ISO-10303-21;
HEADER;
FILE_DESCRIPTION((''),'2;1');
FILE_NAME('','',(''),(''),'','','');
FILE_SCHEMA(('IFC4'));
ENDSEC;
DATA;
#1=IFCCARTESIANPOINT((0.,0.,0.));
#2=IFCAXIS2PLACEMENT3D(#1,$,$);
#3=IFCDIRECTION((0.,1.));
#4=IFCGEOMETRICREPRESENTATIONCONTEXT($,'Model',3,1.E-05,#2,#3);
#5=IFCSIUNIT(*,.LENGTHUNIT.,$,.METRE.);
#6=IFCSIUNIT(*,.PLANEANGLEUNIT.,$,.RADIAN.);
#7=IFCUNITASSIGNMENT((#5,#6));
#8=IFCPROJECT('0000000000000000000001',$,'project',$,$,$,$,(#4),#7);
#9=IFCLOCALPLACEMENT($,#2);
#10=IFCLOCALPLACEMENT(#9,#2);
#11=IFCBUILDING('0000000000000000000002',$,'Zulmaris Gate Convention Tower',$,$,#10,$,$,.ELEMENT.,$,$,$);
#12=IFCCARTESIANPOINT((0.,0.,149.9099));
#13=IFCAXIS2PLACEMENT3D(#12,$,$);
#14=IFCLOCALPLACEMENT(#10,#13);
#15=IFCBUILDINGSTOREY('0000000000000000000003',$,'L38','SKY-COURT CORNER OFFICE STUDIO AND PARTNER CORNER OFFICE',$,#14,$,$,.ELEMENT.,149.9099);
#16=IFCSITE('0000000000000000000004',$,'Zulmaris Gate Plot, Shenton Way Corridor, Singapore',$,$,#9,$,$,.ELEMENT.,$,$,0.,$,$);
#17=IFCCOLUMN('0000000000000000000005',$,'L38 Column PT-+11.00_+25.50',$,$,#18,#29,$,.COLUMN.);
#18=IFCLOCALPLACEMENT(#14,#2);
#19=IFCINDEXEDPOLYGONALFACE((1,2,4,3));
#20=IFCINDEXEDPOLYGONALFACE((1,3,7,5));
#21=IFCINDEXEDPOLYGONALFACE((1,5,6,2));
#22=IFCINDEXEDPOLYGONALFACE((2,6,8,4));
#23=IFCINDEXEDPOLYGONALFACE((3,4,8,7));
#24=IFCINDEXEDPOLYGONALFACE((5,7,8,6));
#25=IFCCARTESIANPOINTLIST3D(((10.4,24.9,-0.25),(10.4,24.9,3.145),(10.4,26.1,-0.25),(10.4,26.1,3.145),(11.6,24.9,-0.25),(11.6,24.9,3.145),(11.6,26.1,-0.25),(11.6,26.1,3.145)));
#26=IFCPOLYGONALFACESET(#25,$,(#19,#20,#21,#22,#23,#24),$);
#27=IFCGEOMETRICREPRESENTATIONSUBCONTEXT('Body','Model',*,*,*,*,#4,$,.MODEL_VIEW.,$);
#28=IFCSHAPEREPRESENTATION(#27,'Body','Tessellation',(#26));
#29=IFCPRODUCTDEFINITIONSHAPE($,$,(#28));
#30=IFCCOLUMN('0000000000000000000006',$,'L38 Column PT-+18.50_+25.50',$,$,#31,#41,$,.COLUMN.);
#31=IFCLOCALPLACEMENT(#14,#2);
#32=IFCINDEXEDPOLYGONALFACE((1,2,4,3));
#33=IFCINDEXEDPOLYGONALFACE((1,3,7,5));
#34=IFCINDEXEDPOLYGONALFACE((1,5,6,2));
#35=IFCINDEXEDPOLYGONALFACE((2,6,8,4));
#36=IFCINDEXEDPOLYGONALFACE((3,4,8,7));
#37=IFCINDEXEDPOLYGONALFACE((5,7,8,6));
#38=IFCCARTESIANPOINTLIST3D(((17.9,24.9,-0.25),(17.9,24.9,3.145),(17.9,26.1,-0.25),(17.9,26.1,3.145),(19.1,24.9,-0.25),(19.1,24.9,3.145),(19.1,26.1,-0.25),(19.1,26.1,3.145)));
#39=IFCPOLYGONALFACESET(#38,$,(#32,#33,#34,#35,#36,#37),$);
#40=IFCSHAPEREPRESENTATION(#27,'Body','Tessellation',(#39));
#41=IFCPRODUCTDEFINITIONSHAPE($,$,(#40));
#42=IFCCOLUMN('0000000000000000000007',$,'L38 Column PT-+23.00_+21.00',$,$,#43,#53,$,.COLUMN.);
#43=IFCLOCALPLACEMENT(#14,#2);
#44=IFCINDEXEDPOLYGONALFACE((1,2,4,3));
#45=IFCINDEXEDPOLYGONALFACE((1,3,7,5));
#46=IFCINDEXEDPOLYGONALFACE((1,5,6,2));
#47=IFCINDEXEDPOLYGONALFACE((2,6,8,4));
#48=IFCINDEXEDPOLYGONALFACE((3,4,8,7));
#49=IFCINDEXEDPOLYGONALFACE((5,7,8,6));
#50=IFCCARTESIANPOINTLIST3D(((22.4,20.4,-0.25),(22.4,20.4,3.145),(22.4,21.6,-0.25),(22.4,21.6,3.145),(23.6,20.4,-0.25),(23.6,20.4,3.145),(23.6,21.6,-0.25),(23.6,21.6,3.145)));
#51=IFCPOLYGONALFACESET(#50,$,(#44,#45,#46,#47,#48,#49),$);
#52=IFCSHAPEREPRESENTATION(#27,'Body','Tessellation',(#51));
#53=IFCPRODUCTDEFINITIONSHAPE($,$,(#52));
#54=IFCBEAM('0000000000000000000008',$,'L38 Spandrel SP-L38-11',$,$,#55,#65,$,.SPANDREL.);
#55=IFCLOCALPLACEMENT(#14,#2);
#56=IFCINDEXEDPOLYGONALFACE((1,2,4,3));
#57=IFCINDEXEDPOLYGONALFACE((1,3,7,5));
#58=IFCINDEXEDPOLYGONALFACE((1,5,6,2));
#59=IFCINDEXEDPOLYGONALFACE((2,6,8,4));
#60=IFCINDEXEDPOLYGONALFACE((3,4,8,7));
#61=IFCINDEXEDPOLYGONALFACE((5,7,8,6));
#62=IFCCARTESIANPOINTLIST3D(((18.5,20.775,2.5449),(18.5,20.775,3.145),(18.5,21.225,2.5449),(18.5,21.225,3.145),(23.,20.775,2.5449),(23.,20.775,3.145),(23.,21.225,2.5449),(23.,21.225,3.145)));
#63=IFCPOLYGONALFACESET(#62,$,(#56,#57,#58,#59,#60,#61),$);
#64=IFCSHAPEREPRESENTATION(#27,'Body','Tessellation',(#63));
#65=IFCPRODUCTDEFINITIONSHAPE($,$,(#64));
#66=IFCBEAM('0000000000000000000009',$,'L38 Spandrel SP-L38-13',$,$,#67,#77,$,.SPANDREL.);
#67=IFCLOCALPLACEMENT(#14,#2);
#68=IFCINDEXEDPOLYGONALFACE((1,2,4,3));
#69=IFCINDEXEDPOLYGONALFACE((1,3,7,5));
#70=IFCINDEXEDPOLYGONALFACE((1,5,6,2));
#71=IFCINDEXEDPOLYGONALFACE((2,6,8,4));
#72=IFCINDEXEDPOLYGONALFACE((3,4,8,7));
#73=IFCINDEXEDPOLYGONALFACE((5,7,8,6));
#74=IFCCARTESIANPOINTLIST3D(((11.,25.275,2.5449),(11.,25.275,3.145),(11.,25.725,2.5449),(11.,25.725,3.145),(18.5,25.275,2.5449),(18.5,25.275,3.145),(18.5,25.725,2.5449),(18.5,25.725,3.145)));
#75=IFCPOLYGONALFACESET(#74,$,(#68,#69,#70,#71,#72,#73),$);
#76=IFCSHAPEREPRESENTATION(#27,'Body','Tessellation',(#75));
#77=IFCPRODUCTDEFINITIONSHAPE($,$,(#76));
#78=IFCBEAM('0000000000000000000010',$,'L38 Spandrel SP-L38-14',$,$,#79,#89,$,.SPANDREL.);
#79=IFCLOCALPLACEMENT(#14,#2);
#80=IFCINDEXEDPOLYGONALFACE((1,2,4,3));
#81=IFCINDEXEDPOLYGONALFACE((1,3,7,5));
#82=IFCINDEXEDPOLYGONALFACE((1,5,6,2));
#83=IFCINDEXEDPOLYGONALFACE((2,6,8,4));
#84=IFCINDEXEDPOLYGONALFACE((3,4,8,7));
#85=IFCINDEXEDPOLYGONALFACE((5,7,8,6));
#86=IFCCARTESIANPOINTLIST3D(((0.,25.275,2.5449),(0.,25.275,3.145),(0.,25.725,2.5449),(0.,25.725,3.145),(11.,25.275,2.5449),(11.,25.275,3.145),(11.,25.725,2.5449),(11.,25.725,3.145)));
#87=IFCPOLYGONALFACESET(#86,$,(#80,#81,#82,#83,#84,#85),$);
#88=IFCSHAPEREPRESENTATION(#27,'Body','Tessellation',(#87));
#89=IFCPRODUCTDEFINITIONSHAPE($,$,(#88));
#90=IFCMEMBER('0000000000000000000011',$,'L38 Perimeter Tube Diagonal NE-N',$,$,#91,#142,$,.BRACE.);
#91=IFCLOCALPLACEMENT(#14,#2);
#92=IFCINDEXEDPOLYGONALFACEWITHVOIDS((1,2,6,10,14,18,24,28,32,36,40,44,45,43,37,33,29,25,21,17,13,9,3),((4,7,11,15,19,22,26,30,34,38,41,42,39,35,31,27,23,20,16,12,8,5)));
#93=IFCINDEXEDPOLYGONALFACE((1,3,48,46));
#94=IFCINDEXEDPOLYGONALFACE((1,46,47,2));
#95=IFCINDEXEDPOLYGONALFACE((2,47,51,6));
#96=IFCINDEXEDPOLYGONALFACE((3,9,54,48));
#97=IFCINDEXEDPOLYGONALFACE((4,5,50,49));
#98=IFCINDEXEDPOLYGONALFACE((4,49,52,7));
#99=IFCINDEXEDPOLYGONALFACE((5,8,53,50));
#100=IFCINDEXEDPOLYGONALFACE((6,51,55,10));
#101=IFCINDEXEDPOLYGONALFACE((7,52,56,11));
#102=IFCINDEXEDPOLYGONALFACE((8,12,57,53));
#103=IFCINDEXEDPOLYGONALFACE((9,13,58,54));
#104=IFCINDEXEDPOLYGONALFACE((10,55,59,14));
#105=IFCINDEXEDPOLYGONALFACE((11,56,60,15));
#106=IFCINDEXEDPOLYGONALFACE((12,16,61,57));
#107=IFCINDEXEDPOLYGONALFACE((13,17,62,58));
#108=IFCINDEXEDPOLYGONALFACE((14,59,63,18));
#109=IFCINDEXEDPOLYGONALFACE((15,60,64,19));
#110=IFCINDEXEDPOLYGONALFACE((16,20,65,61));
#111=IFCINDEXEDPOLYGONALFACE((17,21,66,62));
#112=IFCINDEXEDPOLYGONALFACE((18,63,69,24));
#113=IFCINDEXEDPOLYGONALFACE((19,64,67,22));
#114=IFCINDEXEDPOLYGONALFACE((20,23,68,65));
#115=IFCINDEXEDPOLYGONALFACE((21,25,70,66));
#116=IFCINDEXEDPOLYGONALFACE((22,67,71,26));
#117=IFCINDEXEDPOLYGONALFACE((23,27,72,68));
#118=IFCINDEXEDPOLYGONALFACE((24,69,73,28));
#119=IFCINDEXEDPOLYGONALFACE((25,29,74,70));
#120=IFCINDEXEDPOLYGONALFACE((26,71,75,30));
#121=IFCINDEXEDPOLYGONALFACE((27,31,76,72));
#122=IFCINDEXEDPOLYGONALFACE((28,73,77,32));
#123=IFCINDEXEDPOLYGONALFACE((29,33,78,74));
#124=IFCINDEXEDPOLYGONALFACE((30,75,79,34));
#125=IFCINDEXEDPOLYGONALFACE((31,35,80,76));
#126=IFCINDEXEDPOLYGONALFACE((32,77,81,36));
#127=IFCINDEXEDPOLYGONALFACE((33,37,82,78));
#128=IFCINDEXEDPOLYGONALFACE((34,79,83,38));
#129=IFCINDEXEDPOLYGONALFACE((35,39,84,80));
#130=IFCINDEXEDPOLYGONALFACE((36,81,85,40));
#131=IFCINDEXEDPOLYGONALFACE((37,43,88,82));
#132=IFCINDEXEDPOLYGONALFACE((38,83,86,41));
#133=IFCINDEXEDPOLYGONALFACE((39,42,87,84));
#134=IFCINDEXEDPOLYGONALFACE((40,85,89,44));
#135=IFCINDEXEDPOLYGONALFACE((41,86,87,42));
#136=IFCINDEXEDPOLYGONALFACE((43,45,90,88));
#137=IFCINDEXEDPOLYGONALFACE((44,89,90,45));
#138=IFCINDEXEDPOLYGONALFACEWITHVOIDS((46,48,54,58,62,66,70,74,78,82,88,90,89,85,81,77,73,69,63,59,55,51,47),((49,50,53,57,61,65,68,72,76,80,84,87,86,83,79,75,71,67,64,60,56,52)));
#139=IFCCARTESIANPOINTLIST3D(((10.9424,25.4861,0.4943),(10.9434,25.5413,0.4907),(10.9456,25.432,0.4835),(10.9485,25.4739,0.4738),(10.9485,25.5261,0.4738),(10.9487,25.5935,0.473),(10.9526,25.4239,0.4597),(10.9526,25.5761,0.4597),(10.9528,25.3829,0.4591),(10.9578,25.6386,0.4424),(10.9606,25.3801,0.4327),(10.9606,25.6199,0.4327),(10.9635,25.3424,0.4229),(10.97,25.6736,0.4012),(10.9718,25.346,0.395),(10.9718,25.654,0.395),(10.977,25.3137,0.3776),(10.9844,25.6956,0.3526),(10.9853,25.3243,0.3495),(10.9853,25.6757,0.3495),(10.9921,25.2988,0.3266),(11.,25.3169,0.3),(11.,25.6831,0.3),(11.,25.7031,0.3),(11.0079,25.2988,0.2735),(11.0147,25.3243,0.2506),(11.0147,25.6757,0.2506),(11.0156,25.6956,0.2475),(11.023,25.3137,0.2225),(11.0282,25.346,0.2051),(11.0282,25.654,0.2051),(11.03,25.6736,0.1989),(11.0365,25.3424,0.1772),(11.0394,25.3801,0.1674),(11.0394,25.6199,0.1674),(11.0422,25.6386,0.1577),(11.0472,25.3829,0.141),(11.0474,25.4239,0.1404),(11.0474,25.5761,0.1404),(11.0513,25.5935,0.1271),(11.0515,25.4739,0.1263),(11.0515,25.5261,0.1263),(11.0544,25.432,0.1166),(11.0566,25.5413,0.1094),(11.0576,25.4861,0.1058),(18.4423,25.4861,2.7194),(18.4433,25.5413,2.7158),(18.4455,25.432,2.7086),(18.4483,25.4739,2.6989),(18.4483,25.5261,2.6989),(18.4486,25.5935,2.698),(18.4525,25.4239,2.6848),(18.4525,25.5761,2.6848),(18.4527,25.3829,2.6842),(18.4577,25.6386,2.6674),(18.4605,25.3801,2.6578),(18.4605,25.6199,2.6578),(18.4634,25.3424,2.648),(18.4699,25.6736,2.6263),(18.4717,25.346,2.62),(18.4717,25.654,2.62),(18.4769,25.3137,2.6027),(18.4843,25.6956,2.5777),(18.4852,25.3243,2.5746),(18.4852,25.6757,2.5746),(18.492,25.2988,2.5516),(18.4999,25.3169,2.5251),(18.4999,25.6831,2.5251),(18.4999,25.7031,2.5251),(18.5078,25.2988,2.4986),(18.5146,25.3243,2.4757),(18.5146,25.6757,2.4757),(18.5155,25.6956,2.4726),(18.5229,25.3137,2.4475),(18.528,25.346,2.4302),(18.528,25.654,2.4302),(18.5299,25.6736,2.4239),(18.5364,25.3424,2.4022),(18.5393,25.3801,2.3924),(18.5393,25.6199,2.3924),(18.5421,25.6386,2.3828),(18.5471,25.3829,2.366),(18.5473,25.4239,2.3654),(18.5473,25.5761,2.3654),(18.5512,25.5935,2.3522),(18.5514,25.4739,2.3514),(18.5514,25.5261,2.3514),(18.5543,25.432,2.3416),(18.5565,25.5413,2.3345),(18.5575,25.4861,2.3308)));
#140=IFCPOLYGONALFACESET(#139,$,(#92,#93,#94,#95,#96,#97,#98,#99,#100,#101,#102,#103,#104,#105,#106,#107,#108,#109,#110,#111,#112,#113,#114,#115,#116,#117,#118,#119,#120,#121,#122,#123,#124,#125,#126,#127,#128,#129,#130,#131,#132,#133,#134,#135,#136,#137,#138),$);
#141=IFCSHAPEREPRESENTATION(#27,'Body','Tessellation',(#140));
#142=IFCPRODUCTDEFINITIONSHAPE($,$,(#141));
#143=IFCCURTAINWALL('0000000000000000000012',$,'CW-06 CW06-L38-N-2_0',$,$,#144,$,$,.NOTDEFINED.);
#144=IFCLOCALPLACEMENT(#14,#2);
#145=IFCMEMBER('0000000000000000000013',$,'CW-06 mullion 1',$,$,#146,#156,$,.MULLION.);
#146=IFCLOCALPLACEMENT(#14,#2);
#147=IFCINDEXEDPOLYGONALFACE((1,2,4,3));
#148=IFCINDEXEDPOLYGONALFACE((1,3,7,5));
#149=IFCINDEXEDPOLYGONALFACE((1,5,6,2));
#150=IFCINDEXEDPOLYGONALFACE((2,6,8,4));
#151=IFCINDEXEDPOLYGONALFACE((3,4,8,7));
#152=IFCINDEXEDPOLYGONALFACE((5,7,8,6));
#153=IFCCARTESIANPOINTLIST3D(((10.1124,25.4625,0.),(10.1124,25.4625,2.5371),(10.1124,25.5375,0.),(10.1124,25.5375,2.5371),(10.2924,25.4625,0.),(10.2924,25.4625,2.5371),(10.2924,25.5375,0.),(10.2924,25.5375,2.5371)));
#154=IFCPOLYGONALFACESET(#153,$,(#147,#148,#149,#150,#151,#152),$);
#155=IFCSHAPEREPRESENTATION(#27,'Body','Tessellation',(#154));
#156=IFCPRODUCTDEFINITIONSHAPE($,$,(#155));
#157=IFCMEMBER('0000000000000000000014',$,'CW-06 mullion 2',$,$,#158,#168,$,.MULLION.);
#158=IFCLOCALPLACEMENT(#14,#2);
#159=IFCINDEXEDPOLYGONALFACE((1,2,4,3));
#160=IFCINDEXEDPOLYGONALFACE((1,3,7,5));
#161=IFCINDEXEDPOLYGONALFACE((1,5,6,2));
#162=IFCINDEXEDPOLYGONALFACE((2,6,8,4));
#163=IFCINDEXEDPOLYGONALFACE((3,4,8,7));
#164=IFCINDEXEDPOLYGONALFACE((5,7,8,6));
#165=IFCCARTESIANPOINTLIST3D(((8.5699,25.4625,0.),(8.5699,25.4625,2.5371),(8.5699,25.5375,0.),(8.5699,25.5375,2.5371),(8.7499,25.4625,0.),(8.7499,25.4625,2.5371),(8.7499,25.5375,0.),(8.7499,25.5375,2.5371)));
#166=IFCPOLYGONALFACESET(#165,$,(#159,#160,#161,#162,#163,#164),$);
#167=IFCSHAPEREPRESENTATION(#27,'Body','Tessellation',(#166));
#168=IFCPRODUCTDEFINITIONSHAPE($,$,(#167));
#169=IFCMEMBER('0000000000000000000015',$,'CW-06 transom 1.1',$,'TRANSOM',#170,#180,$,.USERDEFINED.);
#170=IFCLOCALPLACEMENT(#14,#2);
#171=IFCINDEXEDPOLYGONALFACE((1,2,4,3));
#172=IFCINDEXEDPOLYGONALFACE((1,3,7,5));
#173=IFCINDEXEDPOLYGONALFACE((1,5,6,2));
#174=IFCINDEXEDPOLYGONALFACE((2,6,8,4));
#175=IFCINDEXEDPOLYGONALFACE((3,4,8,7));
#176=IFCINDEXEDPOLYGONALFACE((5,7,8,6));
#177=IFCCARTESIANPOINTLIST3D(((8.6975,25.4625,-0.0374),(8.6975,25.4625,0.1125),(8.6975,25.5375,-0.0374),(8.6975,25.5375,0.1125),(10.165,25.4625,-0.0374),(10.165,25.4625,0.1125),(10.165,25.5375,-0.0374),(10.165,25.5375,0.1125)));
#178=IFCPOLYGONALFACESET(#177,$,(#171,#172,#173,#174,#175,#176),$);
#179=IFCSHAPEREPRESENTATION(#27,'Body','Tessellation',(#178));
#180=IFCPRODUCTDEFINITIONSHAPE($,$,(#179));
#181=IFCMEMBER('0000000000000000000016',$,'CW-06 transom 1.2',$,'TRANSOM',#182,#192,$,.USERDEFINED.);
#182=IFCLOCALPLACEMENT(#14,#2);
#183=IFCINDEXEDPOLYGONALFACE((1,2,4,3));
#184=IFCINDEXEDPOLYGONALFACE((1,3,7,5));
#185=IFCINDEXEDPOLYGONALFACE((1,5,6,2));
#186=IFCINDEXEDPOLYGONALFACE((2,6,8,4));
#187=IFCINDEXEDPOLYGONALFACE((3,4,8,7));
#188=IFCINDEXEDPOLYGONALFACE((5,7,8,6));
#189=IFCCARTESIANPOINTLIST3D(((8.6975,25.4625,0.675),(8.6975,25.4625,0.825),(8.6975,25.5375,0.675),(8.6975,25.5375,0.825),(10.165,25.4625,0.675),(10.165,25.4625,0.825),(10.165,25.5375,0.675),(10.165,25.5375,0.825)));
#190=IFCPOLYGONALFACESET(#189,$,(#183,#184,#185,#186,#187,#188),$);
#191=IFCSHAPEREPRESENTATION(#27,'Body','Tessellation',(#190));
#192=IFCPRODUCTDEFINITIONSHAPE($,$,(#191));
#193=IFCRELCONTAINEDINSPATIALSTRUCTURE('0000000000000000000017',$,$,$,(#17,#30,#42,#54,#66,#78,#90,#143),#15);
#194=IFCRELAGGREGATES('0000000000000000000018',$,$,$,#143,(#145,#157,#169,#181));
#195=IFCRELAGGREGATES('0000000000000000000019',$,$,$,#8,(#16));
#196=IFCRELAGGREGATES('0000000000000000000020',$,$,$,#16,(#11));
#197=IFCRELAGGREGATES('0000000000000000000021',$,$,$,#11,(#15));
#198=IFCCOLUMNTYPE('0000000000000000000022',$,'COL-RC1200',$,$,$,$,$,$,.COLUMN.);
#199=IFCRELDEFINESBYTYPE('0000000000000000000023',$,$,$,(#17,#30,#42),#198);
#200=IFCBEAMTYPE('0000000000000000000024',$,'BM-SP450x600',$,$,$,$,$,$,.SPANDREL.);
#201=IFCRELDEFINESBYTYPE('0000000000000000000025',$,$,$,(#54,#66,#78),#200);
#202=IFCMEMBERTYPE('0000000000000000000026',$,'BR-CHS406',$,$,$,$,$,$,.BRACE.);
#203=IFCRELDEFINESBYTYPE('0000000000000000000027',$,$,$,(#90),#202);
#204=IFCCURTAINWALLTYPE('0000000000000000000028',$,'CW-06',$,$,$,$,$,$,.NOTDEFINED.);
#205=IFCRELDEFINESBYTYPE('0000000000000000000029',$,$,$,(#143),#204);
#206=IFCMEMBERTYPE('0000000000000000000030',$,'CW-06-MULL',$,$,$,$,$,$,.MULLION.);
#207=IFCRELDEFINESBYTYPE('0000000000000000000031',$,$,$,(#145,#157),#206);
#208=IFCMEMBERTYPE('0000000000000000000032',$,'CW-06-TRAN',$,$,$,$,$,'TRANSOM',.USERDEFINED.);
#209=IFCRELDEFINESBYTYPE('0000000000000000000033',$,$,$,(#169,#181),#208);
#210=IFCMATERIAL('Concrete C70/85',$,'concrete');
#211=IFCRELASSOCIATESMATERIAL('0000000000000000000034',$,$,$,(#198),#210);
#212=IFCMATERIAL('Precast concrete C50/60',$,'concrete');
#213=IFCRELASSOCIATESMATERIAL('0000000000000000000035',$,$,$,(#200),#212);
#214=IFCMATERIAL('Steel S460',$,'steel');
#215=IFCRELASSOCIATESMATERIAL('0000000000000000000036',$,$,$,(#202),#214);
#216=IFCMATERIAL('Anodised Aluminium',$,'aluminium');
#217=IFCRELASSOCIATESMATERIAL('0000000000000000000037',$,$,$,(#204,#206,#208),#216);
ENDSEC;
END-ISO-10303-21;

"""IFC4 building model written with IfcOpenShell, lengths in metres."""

from ifc_helpers import new_model, si_unit, direction, frame, origin, origin_2d, place, context, subcontext, project, spatial, rectangle, hollow_circle, extrude, material, material_profile, profile_set, type_object, element, aggregate, save


model = new_model("IFC4")

# Units and contexts
model_context = context("Model", 3, precision=1e-05, world=origin(), true_north=direction((0.0, 1.0)))
body_context = subcontext(model_context, "Body", "Model", "MODEL_VIEW")
ifc_project = project(units=[si_unit("LENGTHUNIT", "METRE"), si_unit("PLANEANGLEUNIT", "RADIAN")], contexts=[model_context])

# Site, building, storey
site_placement = place(None, origin())
site = spatial("IfcSite", under=ifc_project, at=site_placement, Name="Zulmaris Gate Plot, Shenton Way Corridor, Singapore", CompositionType="ELEMENT", RefElevation=0.0)
building_placement = place(site_placement, origin())
building = spatial("IfcBuilding", under=site, at=building_placement, Name="Zulmaris Gate Convention Tower", CompositionType="ELEMENT")
storey_placement = place(building_placement, frame((0.0, 0.0, 149.9099)))
storey = spatial("IfcBuildingStorey", under=building, at=storey_placement, Name="L38", Description="SKY-COURT CORNER OFFICE STUDIO AND PARTNER CORNER OFFICE", CompositionType="ELEMENT", Elevation=149.9099)

# Columns
ifc_material_1 = material(Name="Concrete C70/85", Category="concrete")
ifc_material_profile_1 = material_profile(ifc_material_1, rectangle(XDim=1.2, YDim=1.2, at=origin_2d()), Name="RC COL 1200x1200")
ifc_profile_set_1 = profile_set([ifc_material_profile_1], Name="Concrete C70/85")
column_type = type_object("IfcColumnType", Name="COL-RC1200", PredefinedType="COLUMN", material=ifc_profile_set_1)
for number, where, z_axis, x_axis, name in (
    (1, (11.0, 25.5, -0.25), (0.0, 0.0, 1.0), (1.0, 0.0, 0.0), "L38 Column PT-+11.00_+25.50"),
    (2, (18.5, 25.5, -0.25), (0.0, 0.0, 1.0), (1.0, 0.0, 0.0), "L38 Column PT-+18.50_+25.50"),
    (3, (23.0, 21.0, -0.25), (0.0, 0.0, 1.0), (1.0, 0.0, 0.0), "L38 Column PT-+23.00_+21.00"),
):
    element("IfcColumn", number, at=place(storey_placement, frame(where, z_axis=z_axis, x_axis=x_axis)), inside=storey, type_object=column_type, Name=name, PredefinedType="COLUMN", context=body_context, shape_type="SweptSolid", body=[
        extrude(rectangle(XDim=1.2, YDim=1.2, at=origin_2d()), origin(), (0.0, 0.0, 1.0), 3.395),
    ])

# Beams
ifc_material_2 = material(Name="Precast concrete C50/60", Category="concrete")
ifc_material_profile_2 = material_profile(ifc_material_2, rectangle(XDim=0.45, YDim=0.6001, at=origin_2d()), Name="RC SPANDREL 450x600")
ifc_profile_set_2 = profile_set([ifc_material_profile_2], Name="Precast concrete C50/60")
beam_type = type_object("IfcBeamType", Name="BM-SP450x600", PredefinedType="SPANDREL", material=ifc_profile_set_2)
beam_1_placement = place(storey_placement, frame((23.0, 21.0, 2.845), z_axis=(-1.0, 0.0, 0.0), x_axis=(0.0, -1.0, 0.0)))
element("IfcBeam", 4, at=beam_1_placement, inside=storey, type_object=beam_type, Name="L38 Spandrel SP-L38-11", PredefinedType="SPANDREL", context=body_context, shape_type="SweptSolid", body=[
    extrude(rectangle(XDim=0.45, YDim=0.6001, at=origin_2d()), origin(), (0.0, 0.0, 1.0), 4.5),
])
beam_2_placement = place(storey_placement, frame((18.5, 25.5, 2.845), z_axis=(-1.0, 0.0, 0.0), x_axis=(0.0, -1.0, 0.0)))
element("IfcBeam", 5, at=beam_2_placement, inside=storey, type_object=beam_type, Name="L38 Spandrel SP-L38-13", PredefinedType="SPANDREL", context=body_context, shape_type="SweptSolid", body=[
    extrude(rectangle(XDim=0.45, YDim=0.6001, at=origin_2d()), origin(), (0.0, 0.0, 1.0), 7.5),
])
beam_3_placement = place(storey_placement, frame((11.0, 25.5, 2.845), z_axis=(-1.0, 0.0, 0.0), x_axis=(0.0, -1.0, 0.0)))
element("IfcBeam", 6, at=beam_3_placement, inside=storey, type_object=beam_type, Name="L38 Spandrel SP-L38-14", PredefinedType="SPANDREL", context=body_context, shape_type="SweptSolid", body=[
    extrude(rectangle(XDim=0.45, YDim=0.6001, at=origin_2d()), origin(), (0.0, 0.0, 1.0), 11.0),
])

# Member
ifc_material_3 = material(Name="Steel S460", Category="steel")
ifc_material_profile_3 = material_profile(ifc_material_3, hollow_circle(Radius=0.2031, WallThickness=0.02, at=origin_2d()), Name="CHS 406.4x20")
ifc_profile_set_3 = profile_set([ifc_material_profile_3], Name="Steel S460")
member_type_1 = type_object("IfcMemberType", Name="BR-CHS406", PredefinedType="BRACE", material=ifc_profile_set_3)
member_1_placement = place(storey_placement, frame((11.0, 25.5, 0.3), z_axis=(0.958698, 0.0, 0.284426), x_axis=(0.0, 1.0, 0.0)))
element("IfcMember", 7, at=member_1_placement, inside=storey, type_object=member_type_1, Name="L38 Perimeter Tube Diagonal NE-N", PredefinedType="BRACE", context=body_context, shape_type="SweptSolid", body=[
    extrude(hollow_circle(Radius=0.2031, WallThickness=0.02, at=origin_2d()), origin(), (0.0, 0.0, 1.0), 7.823),
])

# Curtain wall, members
ifc_material_4 = material(Name="Anodised Aluminium", Category="aluminium")
curtain_wall_type = type_object("IfcCurtainWallType", Name="CW-06", PredefinedType="NOTDEFINED", material=ifc_material_4)
curtain_wall_placement = place(storey_placement, origin())
curtain_wall = element("IfcCurtainWall", 8, at=curtain_wall_placement, inside=storey, type_object=curtain_wall_type, Name="CW-06 CW06-L38-N-2_0", PredefinedType="NOTDEFINED")
ifc_material_profile_4 = material_profile(ifc_material_4, rectangle(XDim=0.075, YDim=0.1799, at=origin_2d()), Name="ALU MULLION 75x180")
ifc_profile_set_4 = profile_set([ifc_material_profile_4], Name="Anodised Aluminium")
member_type_2 = type_object("IfcMemberType", Name="CW-06-MULL", PredefinedType="MULLION", material=ifc_profile_set_4)
member_2_placement = place(storey_placement, frame((10.2024, 25.5, 0.0), z_axis=(0.0, 0.0, 1.0), x_axis=(0.0, -1.0, 0.0)))
member_2 = element("IfcMember", 9, at=member_2_placement, type_object=member_type_2, Name="CW-06 mullion 1", PredefinedType="MULLION", context=body_context, shape_type="SweptSolid", body=[
    extrude(rectangle(XDim=0.075, YDim=0.1799, at=origin_2d()), origin(), (0.0, 0.0, 1.0), 2.5371),
])
member_3_placement = place(storey_placement, frame((8.6599, 25.5, 0.0), z_axis=(0.0, 0.0, 1.0), x_axis=(0.0, -1.0, 0.0)))
member_3 = element("IfcMember", 10, at=member_3_placement, type_object=member_type_2, Name="CW-06 mullion 2", PredefinedType="MULLION", context=body_context, shape_type="SweptSolid", body=[
    extrude(rectangle(XDim=0.075, YDim=0.1799, at=origin_2d()), origin(), (0.0, 0.0, 1.0), 2.5371),
])
ifc_material_profile_5 = material_profile(ifc_material_4, rectangle(XDim=0.075, YDim=0.1499, at=origin_2d()), Name="ALU TRANSOM 75x150")
ifc_profile_set_5 = profile_set([ifc_material_profile_5], Name="Anodised Aluminium")
member_type_3 = type_object("IfcMemberType", Name="CW-06-TRAN", ElementType="TRANSOM", PredefinedType="USERDEFINED", material=ifc_profile_set_5)
member_4_placement = place(storey_placement, frame((10.165, 25.5, 0.0376), z_axis=(-1.0, 0.0, 0.0), x_axis=(0.0, -1.0, 0.0)))
member_4 = element("IfcMember", 11, at=member_4_placement, type_object=member_type_3, Name="CW-06 transom 1.1", ObjectType="TRANSOM", PredefinedType="USERDEFINED", context=body_context, shape_type="SweptSolid", body=[
    extrude(rectangle(XDim=0.075, YDim=0.1499, at=origin_2d()), origin(), (0.0, 0.0, 1.0), 1.4675),
])
member_5_placement = place(storey_placement, frame((10.165, 25.5, 0.75), z_axis=(-1.0, 0.0, 0.0), x_axis=(0.0, -1.0, 0.0)))
member_5 = element("IfcMember", 12, at=member_5_placement, type_object=member_type_3, Name="CW-06 transom 1.2", ObjectType="TRANSOM", PredefinedType="USERDEFINED", context=body_context, shape_type="SweptSolid", body=[
    extrude(rectangle(XDim=0.075, YDim=0.1499, at=origin_2d()), origin(), (0.0, 0.0, 1.0), 1.4675),
])
aggregate(curtain_wall, [member_2, member_3, member_4, member_5])

save(model, "model.ifc")
